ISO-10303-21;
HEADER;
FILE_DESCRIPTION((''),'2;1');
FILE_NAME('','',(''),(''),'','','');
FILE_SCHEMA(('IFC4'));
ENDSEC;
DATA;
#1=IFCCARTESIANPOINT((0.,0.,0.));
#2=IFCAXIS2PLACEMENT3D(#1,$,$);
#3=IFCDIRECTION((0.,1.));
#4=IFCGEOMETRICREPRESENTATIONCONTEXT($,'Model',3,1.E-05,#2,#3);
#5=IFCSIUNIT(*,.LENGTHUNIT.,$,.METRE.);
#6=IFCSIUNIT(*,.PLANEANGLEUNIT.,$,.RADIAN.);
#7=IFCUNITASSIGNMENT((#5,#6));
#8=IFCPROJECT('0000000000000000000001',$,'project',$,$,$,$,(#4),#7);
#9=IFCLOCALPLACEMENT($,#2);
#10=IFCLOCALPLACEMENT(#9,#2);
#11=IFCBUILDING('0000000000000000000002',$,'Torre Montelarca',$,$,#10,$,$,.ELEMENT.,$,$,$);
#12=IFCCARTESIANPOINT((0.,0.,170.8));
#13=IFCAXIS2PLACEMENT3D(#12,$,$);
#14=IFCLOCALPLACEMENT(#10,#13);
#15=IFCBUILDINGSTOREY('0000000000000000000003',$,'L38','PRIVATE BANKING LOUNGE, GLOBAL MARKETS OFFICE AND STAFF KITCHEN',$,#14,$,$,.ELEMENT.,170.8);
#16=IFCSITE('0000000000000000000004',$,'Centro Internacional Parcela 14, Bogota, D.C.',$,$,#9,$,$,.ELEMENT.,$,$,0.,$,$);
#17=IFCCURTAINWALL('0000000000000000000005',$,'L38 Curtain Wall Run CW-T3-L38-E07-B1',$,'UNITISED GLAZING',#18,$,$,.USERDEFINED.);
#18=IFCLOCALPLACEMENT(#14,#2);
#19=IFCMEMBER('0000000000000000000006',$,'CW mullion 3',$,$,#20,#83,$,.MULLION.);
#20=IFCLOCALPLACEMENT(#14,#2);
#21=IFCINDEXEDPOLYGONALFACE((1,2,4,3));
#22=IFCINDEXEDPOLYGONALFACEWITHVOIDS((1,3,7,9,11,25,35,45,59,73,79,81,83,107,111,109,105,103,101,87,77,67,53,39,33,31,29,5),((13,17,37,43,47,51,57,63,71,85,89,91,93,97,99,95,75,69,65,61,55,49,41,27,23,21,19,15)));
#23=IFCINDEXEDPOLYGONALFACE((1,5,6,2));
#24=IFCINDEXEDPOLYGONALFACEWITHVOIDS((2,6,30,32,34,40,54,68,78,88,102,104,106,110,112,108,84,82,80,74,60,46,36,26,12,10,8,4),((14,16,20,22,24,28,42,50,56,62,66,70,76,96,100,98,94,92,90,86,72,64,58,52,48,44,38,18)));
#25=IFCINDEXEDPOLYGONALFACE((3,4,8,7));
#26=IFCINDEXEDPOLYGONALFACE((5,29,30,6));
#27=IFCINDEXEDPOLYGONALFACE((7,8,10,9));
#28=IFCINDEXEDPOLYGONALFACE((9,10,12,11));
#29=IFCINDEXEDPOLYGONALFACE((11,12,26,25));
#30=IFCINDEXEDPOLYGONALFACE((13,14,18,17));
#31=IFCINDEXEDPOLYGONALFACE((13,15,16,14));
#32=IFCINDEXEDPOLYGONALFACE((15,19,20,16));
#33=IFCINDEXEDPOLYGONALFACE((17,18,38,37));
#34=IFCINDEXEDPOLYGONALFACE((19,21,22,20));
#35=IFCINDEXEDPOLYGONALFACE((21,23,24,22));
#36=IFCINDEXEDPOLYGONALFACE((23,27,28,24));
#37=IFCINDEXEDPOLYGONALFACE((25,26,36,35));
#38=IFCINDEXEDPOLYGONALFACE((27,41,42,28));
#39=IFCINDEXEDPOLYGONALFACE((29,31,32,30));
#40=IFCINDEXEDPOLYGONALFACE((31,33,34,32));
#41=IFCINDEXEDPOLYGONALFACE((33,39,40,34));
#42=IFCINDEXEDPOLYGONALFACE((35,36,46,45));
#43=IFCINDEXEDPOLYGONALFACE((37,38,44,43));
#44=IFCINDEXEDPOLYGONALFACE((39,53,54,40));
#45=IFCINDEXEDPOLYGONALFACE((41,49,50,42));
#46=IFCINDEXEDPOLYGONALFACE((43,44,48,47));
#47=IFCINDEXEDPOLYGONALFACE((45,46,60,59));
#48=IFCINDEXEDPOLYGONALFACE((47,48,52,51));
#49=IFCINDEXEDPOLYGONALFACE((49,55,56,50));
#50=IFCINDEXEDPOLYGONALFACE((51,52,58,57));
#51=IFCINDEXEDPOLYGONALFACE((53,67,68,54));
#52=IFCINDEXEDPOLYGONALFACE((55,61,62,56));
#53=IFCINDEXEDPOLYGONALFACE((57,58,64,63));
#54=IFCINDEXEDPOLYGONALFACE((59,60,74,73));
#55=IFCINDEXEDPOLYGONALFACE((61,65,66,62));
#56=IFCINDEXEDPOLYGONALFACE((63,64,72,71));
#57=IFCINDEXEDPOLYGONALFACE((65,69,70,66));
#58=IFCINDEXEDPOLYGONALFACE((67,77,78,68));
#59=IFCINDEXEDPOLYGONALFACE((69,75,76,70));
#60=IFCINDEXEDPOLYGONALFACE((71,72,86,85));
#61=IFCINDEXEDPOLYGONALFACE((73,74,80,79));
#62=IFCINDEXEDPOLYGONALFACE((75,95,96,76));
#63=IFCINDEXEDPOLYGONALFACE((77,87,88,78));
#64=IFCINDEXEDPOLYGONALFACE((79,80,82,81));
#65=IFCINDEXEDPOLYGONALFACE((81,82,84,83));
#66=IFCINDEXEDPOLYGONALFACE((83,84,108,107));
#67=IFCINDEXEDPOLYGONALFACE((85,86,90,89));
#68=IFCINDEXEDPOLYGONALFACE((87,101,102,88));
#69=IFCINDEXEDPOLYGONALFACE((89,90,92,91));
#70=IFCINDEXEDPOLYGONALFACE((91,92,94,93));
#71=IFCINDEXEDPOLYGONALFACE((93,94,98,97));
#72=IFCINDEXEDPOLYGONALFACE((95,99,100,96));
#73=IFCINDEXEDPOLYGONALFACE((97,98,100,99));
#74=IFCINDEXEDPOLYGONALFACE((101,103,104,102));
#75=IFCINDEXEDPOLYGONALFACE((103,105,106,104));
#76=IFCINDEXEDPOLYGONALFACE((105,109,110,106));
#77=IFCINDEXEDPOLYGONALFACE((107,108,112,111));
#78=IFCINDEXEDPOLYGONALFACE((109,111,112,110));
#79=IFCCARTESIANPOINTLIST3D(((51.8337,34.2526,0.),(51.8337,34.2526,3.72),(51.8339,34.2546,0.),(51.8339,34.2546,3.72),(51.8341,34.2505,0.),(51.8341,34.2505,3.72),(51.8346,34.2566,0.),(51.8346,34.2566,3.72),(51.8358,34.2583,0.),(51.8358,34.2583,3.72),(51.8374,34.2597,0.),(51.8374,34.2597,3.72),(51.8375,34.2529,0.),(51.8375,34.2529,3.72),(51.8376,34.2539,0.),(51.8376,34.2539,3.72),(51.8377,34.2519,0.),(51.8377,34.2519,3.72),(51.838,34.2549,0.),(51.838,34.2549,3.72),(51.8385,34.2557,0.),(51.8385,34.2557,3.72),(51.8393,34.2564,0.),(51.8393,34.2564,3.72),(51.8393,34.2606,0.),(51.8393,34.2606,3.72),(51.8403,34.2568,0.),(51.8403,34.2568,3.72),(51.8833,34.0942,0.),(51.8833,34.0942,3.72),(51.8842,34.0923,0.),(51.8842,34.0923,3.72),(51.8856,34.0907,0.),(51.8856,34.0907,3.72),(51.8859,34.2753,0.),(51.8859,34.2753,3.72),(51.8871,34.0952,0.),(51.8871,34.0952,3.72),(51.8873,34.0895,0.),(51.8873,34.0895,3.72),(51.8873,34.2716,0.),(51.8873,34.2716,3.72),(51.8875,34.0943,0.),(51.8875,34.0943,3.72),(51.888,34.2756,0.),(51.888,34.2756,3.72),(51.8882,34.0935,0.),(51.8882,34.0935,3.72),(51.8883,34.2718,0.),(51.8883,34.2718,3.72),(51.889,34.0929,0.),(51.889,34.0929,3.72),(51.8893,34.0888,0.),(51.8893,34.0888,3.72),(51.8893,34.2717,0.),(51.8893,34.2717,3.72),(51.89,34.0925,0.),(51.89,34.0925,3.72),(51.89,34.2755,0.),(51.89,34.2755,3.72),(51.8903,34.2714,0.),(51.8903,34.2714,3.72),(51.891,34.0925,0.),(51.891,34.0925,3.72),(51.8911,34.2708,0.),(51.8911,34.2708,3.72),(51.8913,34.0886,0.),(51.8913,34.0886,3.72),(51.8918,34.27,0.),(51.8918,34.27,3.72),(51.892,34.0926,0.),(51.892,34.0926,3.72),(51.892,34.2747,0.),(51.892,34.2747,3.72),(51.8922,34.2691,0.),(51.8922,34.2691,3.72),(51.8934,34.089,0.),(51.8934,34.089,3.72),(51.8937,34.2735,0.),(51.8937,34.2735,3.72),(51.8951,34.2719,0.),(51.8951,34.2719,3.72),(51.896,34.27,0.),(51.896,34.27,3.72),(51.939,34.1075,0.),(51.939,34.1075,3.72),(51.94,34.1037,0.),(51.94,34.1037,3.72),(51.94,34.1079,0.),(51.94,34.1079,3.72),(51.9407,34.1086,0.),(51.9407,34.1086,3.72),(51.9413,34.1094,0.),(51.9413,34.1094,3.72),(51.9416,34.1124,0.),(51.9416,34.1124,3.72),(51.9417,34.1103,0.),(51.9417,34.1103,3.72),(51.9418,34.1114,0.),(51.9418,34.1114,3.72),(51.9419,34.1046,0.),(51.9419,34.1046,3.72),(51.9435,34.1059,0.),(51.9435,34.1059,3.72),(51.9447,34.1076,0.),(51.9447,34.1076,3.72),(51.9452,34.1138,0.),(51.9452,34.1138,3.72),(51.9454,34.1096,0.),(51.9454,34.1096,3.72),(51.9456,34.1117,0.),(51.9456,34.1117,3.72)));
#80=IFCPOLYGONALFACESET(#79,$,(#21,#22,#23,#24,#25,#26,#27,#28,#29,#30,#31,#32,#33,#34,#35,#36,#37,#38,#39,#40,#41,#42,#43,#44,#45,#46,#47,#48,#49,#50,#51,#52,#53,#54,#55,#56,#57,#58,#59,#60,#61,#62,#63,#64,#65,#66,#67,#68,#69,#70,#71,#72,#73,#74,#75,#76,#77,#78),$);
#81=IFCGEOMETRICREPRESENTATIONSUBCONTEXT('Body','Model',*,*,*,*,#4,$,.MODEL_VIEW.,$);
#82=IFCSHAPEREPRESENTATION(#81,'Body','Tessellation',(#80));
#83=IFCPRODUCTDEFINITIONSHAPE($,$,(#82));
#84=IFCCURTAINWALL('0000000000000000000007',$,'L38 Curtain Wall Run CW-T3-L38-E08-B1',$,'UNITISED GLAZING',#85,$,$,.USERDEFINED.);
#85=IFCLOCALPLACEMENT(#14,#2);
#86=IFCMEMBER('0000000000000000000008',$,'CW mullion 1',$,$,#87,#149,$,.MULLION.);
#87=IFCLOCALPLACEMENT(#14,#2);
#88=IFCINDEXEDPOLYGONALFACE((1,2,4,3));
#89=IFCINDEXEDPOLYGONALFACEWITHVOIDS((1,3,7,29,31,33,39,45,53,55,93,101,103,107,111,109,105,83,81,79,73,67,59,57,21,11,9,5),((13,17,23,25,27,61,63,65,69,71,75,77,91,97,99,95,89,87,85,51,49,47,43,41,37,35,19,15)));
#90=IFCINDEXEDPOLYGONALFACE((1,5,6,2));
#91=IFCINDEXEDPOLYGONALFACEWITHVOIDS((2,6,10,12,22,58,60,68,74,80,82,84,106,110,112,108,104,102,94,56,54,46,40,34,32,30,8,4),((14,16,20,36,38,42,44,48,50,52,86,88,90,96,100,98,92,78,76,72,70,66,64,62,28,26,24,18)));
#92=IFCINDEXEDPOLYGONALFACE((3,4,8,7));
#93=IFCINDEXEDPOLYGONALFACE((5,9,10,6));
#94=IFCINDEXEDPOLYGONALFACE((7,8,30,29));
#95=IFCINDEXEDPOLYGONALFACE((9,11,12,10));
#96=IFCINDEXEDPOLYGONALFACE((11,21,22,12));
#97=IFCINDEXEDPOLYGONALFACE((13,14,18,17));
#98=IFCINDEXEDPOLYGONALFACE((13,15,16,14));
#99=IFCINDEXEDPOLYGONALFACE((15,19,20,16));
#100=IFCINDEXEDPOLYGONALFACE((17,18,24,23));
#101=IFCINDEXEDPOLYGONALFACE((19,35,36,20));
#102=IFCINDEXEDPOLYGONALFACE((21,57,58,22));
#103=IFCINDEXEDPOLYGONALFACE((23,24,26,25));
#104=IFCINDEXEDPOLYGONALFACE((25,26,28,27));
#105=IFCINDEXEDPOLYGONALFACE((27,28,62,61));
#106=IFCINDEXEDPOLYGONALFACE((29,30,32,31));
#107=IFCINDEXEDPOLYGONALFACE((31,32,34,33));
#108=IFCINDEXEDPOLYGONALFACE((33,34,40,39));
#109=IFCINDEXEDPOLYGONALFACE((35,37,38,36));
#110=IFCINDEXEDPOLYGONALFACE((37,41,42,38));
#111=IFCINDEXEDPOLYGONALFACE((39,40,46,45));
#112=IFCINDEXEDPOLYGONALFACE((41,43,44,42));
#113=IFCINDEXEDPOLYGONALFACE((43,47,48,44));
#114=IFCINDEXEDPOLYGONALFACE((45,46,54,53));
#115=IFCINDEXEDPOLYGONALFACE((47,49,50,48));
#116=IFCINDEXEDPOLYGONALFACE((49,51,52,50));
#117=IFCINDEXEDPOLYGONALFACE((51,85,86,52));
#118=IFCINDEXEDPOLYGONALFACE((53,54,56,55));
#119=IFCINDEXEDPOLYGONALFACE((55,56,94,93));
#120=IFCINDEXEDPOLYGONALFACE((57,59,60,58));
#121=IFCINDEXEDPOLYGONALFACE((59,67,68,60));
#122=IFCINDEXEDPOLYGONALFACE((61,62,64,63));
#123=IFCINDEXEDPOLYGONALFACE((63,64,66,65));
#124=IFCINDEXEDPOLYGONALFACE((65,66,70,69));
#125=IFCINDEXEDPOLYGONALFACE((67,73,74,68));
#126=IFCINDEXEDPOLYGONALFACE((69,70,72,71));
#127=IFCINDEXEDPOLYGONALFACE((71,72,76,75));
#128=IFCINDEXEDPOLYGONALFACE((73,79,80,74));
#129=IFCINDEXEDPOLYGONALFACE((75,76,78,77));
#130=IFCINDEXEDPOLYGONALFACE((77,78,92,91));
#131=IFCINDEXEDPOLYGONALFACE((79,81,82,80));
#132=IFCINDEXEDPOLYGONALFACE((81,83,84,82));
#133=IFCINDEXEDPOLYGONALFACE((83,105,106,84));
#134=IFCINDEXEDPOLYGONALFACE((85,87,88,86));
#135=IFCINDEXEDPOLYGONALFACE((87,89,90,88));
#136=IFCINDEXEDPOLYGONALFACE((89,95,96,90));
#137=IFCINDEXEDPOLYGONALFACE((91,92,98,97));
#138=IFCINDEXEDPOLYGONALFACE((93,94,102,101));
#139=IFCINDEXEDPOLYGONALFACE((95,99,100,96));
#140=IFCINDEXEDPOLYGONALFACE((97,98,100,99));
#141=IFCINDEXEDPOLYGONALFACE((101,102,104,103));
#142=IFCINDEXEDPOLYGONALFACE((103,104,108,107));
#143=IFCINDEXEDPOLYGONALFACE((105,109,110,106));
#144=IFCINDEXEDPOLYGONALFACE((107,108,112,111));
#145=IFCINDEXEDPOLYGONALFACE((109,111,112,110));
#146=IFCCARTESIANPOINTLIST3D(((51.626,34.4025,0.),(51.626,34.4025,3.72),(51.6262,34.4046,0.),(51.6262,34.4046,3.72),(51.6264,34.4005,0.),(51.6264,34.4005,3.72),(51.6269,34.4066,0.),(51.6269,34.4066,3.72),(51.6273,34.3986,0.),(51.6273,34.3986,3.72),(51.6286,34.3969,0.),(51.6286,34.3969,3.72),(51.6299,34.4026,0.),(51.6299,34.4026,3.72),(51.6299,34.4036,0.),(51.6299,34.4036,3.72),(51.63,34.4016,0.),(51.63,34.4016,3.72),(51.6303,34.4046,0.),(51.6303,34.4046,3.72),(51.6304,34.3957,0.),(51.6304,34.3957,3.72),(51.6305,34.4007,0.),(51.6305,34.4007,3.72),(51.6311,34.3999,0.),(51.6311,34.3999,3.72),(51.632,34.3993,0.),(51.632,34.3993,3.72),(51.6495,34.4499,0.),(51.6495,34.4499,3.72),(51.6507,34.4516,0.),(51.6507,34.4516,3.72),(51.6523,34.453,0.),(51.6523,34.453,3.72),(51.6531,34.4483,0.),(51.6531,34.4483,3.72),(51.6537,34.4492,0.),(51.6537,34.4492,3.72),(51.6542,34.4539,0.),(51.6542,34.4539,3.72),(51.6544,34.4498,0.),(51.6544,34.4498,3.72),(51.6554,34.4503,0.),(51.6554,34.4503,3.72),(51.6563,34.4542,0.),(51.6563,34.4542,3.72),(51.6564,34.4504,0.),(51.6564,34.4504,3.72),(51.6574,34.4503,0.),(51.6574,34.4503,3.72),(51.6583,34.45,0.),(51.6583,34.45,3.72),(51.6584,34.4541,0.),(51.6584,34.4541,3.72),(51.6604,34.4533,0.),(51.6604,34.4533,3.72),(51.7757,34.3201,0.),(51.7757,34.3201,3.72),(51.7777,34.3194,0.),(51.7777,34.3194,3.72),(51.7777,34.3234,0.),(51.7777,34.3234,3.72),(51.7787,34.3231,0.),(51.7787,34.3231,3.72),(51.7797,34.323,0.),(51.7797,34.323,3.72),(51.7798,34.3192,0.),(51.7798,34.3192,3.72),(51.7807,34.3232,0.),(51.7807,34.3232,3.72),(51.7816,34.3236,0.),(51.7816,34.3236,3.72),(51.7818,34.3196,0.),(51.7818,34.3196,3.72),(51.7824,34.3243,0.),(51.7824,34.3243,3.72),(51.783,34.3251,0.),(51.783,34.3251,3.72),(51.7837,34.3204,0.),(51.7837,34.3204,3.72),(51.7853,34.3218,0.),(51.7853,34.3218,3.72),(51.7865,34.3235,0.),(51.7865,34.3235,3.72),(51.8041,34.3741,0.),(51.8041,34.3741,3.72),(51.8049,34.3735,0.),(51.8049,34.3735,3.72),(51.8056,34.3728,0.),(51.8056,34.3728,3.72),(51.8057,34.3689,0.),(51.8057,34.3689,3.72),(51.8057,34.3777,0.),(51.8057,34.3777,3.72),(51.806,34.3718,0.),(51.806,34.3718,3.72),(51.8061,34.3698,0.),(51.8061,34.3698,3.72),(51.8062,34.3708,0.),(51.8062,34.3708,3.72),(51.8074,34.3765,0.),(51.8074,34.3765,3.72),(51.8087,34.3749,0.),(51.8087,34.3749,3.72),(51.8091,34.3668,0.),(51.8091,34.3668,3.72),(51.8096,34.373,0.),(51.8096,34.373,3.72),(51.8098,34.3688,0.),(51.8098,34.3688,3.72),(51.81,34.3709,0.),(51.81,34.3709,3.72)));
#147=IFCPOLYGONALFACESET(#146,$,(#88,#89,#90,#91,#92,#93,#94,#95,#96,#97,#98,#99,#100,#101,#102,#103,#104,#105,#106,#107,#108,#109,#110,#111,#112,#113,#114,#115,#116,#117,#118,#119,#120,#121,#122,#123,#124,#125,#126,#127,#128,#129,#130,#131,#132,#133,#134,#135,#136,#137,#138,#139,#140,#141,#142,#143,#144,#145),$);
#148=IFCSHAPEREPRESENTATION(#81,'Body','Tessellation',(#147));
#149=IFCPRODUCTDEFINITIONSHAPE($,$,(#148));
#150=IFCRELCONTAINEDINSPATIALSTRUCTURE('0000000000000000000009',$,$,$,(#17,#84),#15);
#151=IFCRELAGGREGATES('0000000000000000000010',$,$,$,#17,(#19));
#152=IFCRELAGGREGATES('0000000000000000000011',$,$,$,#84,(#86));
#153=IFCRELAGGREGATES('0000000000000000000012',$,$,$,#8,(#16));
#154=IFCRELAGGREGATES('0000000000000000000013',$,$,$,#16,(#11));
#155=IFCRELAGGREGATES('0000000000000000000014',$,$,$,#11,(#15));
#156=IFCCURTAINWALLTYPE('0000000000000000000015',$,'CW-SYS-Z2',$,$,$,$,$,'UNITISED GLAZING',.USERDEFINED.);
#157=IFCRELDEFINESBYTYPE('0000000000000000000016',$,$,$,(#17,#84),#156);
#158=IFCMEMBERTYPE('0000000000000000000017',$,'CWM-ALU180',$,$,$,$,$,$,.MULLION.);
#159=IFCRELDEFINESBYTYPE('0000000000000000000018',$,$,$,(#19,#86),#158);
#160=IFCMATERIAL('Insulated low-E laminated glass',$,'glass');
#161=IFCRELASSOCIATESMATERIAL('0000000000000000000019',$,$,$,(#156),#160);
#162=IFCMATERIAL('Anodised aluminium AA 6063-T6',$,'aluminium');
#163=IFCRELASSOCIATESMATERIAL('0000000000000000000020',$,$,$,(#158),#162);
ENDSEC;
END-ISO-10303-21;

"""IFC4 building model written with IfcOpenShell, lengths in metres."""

from ifc_helpers import new_model, si_unit, direction, frame, origin, origin_2d, place, context, subcontext, project, spatial, hollow_rectangle, extrude, source, transform, mapped, material, material_profile, profile_set, type_object, element, aggregate, save


model = new_model("IFC4")

# Units and contexts
model_context = context("Model", 3, precision=1e-05, world=origin(), true_north=direction((0.0, 1.0)))
body_context = subcontext(model_context, "Body", "Model", "MODEL_VIEW")
ifc_project = project(units=[si_unit("LENGTHUNIT", "METRE"), si_unit("PLANEANGLEUNIT", "RADIAN")], contexts=[model_context])

# Site, building, storey
site_placement = place(None, origin())
site = spatial("IfcSite", under=ifc_project, at=site_placement, Name="Centro Internacional Parcela 14, Bogota, D.C.", CompositionType="ELEMENT", RefElevation=0.0)
building_placement = place(site_placement, origin())
building = spatial("IfcBuilding", under=site, at=building_placement, Name="Torre Montelarca", CompositionType="ELEMENT")
storey_placement = place(building_placement, frame((0.0, 0.0, 170.8)))
storey = spatial("IfcBuildingStorey", under=building, at=storey_placement, Name="L38", Description="PRIVATE BANKING LOUNGE, GLOBAL MARKETS OFFICE AND STAFF KITCHEN", CompositionType="ELEMENT", Elevation=170.8)

# Curtain walls, members
ifc_material_1 = material(Name="Insulated low-E laminated glass", Category="glass")
curtain_wall_type = type_object("IfcCurtainWallType", Name="CW-SYS-Z2", ElementType="UNITISED GLAZING", PredefinedType="USERDEFINED", material=ifc_material_1)
curtain_wall_1_placement = place(storey_placement, origin())
curtain_wall_1 = element("IfcCurtainWall", 1, at=curtain_wall_1_placement, inside=storey, type_object=curtain_wall_type, Name="L38 Curtain Wall Run CW-T3-L38-E07-B1", ObjectType="UNITISED GLAZING", PredefinedType="USERDEFINED")
ifc_material_2 = material(Name="Anodised aluminium AA 6063-T6", Category="aluminium")
ifc_material_profile_1 = material_profile(ifc_material_2, hollow_rectangle(XDim=0.0649, YDim=0.1799, WallThickness=0.0039, InnerFilletRadius=0.0039, OuterFilletRadius=0.0081, at=origin_2d()), Name="ALU65X180X4", Category="aluminium")
ifc_profile_set_1 = profile_set([ifc_material_profile_1], Name="Anodised aluminium AA 6063-T6")
member_type_1 = type_object("IfcMemberType", Name="CWM-ALU180", PredefinedType="MULLION", material=ifc_profile_set_1)
shared_shape_1 = source(origin(), body_context, "Body", "SweptSolid", [
    extrude(hollow_rectangle(XDim=0.0649, YDim=0.1799, WallThickness=0.0039, InnerFilletRadius=0.0039, OuterFilletRadius=0.0081, at=origin_2d()), origin(), (0.0, 0.0, 1.0), 3.72),
])
member_1_placement = place(storey_placement, frame((51.8896, 34.1821, 0.0), z_axis=(0.0, 0.0, 1.0), x_axis=(-0.953719, -0.300699, 0.0)))
member_1 = element("IfcMember", 2, at=member_1_placement, type_object=member_type_1, Name="CW mullion 3", PredefinedType="MULLION", context=body_context, shape_type="MappedRepresentation", body=[
    mapped(shared_shape_1, transform((0.0, 0.0, 0.0), scale=1.0)),
])
curtain_wall_2_placement = place(storey_placement, origin())
curtain_wall_2 = element("IfcCurtainWall", 3, at=curtain_wall_2_placement, inside=storey, type_object=curtain_wall_type, Name="L38 Curtain Wall Run CW-T3-L38-E08-B1", ObjectType="UNITISED GLAZING", PredefinedType="USERDEFINED")
member_2_placement = place(storey_placement, frame((51.718, 34.3867, 0.0), z_axis=(0.0, 0.0, 1.0), x_axis=(-0.461743, -0.887014, 0.0)))
member_2 = element("IfcMember", 4, at=member_2_placement, type_object=member_type_1, Name="CW mullion 1", PredefinedType="MULLION", context=body_context, shape_type="MappedRepresentation", body=[
    mapped(shared_shape_1, transform((0.0, 0.0, 0.0), scale=1.0)),
])

aggregate(curtain_wall_1, [member_1])
aggregate(curtain_wall_2, [member_2])

save(model, "model.ifc")
